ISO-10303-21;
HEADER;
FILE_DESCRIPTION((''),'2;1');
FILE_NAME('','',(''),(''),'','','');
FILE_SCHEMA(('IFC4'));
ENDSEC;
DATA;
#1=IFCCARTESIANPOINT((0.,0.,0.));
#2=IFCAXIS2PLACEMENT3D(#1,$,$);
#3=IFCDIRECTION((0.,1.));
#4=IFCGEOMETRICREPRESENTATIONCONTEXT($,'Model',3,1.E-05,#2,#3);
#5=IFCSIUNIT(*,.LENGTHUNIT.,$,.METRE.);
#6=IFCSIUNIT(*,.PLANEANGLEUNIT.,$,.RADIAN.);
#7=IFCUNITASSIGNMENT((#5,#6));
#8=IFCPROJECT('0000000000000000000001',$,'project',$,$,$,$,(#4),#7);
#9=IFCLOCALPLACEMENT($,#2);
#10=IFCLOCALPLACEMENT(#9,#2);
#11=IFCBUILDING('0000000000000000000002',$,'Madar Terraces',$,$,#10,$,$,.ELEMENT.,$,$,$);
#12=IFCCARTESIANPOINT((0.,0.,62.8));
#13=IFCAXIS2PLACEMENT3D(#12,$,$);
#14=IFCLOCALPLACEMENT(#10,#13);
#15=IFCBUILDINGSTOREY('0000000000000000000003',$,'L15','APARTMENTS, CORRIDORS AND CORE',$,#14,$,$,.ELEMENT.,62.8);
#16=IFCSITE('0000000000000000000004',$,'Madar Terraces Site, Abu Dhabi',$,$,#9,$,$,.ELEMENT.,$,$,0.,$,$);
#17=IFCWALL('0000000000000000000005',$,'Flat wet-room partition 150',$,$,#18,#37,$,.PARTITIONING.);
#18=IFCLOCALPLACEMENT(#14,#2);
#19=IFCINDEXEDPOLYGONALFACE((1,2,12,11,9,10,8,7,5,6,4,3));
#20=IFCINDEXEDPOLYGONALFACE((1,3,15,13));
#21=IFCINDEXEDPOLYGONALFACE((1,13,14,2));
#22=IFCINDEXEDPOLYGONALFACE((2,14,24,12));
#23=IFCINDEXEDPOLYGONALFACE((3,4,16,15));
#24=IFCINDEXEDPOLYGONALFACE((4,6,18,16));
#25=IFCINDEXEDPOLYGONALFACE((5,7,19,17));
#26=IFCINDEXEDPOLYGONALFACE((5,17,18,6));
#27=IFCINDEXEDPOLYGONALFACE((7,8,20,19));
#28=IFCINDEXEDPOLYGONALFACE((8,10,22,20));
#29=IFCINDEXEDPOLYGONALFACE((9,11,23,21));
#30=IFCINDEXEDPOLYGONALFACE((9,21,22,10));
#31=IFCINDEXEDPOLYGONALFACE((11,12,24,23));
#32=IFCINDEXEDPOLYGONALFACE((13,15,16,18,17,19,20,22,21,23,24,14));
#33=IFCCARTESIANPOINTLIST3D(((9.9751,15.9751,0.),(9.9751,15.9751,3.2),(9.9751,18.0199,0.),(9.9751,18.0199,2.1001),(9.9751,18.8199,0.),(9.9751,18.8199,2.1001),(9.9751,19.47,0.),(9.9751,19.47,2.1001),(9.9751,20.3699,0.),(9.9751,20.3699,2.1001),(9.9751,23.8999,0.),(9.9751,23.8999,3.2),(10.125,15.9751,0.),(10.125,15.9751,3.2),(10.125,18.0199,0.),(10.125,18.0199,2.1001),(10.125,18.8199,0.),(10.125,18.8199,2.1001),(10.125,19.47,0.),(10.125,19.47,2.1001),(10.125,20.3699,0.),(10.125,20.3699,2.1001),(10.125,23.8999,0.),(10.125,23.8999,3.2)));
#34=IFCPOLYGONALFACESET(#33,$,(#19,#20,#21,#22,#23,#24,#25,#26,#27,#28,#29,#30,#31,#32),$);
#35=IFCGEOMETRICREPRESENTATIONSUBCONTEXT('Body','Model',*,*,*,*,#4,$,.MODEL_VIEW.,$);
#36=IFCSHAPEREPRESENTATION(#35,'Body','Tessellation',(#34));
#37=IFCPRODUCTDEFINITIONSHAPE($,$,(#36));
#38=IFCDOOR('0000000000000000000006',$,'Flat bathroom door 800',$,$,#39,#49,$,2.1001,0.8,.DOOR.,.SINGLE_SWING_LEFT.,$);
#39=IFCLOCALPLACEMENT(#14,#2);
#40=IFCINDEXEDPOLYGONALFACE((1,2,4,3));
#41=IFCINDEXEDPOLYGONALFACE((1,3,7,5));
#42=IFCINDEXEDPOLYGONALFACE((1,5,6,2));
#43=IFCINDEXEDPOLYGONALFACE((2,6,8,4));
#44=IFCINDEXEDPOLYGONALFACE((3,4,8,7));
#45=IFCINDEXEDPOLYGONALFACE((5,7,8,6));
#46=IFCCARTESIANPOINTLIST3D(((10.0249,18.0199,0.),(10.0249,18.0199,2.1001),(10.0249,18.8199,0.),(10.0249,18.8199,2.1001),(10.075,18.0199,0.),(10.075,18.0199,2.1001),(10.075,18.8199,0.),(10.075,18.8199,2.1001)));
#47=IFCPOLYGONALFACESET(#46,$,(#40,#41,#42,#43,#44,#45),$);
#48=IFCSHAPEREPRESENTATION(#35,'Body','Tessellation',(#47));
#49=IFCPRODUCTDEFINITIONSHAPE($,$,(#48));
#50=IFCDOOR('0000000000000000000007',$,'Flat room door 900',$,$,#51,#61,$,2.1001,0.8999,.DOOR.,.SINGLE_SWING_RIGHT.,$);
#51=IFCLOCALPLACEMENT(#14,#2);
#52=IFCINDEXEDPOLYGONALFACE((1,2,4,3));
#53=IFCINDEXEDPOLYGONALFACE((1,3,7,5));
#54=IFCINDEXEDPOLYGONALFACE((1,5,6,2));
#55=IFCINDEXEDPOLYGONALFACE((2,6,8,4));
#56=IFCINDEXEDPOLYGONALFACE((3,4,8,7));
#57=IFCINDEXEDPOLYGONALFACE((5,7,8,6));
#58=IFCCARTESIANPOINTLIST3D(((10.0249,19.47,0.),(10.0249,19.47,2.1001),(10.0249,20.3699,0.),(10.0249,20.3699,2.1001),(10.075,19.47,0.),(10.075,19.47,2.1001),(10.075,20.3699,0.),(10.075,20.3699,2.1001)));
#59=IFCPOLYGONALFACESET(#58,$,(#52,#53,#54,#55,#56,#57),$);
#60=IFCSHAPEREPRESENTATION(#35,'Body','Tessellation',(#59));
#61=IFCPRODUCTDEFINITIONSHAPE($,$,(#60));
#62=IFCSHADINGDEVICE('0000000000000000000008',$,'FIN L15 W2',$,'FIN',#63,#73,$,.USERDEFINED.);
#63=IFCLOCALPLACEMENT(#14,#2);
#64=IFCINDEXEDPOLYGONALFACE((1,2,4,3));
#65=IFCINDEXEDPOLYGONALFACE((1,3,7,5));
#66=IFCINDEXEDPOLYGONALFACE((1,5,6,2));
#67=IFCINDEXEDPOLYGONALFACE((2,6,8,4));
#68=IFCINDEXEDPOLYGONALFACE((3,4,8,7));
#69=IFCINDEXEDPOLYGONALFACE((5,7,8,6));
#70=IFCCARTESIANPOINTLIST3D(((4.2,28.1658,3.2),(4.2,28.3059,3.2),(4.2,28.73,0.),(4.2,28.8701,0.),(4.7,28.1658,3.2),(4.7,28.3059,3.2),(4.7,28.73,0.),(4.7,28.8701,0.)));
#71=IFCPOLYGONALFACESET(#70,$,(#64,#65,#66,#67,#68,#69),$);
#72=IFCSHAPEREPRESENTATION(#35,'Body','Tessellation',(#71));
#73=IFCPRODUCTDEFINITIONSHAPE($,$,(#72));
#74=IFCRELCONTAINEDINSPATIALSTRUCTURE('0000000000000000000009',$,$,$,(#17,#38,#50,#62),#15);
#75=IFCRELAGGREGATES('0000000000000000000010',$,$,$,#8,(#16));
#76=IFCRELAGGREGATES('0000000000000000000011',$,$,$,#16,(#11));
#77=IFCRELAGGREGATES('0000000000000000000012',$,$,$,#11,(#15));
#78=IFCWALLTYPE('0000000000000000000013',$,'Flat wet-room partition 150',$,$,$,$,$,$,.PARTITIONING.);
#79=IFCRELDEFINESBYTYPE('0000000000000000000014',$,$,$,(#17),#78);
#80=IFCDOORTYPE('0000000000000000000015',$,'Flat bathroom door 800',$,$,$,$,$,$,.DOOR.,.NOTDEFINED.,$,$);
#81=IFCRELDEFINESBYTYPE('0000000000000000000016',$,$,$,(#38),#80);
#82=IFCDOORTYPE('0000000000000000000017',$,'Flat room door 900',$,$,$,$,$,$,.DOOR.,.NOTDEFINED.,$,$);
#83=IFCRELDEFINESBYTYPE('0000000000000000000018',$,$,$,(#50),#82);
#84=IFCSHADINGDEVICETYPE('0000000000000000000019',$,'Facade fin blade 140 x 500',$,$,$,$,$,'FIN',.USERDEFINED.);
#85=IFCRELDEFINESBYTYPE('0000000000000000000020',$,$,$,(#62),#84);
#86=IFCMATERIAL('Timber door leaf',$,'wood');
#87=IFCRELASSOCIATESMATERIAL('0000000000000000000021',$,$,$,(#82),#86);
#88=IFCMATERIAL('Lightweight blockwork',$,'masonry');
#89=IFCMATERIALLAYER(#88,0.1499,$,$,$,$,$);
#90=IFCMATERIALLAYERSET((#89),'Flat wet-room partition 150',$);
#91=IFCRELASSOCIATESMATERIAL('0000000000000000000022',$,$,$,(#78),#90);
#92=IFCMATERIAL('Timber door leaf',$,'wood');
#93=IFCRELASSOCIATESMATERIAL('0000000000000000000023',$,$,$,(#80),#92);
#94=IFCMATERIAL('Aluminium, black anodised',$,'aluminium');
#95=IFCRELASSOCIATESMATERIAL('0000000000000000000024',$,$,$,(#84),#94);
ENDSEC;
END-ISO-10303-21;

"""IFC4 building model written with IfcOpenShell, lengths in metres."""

from ifc_helpers import new_model, si_unit, direction, frame, frame_2d, origin, place, context, subcontext, project, spatial, polyline, rectangle, outline, extrude, material, layer, layer_set, type_object, element, fill, save


model = new_model("IFC4")

# Units and contexts
model_context = context("Model", 3, precision=1e-05, world=origin(), true_north=direction((0.0, 1.0)))
body_context = subcontext(model_context, "Body", "Model", "MODEL_VIEW")
ifc_project = project(units=[si_unit("LENGTHUNIT", "METRE"), si_unit("PLANEANGLEUNIT", "RADIAN")], contexts=[model_context])

# Site, building, storey
site_placement = place(None, origin())
site = spatial("IfcSite", under=ifc_project, at=site_placement, Name="Madar Terraces Site, Abu Dhabi", CompositionType="ELEMENT", RefElevation=0.0)
building_placement = place(site_placement, origin())
building = spatial("IfcBuilding", under=site, at=building_placement, Name="Madar Terraces", CompositionType="ELEMENT")
storey_placement = place(building_placement, frame((0.0, 0.0, 62.8)))
storey = spatial("IfcBuildingStorey", under=building, at=storey_placement, Name="L15", Description="APARTMENTS, CORRIDORS AND CORE", CompositionType="ELEMENT", Elevation=62.8)

# Shared definitions
ifc_material_1 = material(Name="Timber door leaf", Category="wood")
door_type_1 = type_object("IfcDoorType", Name="Flat room door 900", OperationType="NOTDEFINED", PredefinedType="DOOR", material=ifc_material_1)

# Shared definitions
ifc_material_2 = material(Name="Lightweight blockwork", Category="masonry")
ifc_layer_1 = layer(ifc_material_2, 0.1499)
ifc_layer_set_1 = layer_set([ifc_layer_1], Name="Flat wet-room partition 150")
wall_type_1 = type_object("IfcWallType", Name="Flat wet-room partition 150", PredefinedType="PARTITIONING", material=ifc_layer_set_1)

# Wall, openings, doors
ifc_material_3 = material(Name="Timber door leaf", Category="wood")
door_type_2 = type_object("IfcDoorType", Name="Flat bathroom door 800", OperationType="NOTDEFINED", PredefinedType="DOOR", material=ifc_material_3)
wall_1_placement = place(storey_placement, frame((10.05, 23.8999, 0.0), z_axis=(0.0, 0.0, 1.0), x_axis=(0.0, -1.0, 0.0)))
wall_1 = element("IfcWall", 1, at=wall_1_placement, inside=storey, type_object=wall_type_1, Name="Flat wet-room partition 150", PredefinedType="PARTITIONING", context=body_context, shape_type="SweptSolid", body=[
    extrude(rectangle(XDim=7.9248, YDim=0.1499, at=frame_2d((3.9624, 0.0))), origin(), (0.0, 0.0, 1.0), 3.2),
])
opening_1_placement = place(wall_1_placement, frame((5.0801, 0.0, 0.0)))
opening_1 = element("IfcOpeningElement", 2, at=opening_1_placement, cuts=wall_1, PredefinedType="OPENING", context=body_context, shape_type="SweptSolid", body=[
    extrude(rectangle(XDim=0.8, YDim=2.1001, at=frame_2d((0.3999, 1.05))), frame((0.0, 0.085, 0.0), z_axis=(0.0, -1.0, 0.0), x_axis=(1.0, 0.0, 0.0)), (0.0, 0.0, 1.0), 0.1699),
])
opening_2_placement = place(wall_1_placement, frame((3.53, 0.0, 0.0)))
opening_2 = element("IfcOpeningElement", 3, at=opening_2_placement, cuts=wall_1, PredefinedType="OPENING", context=body_context, shape_type="SweptSolid", body=[
    extrude(rectangle(XDim=0.8999, YDim=2.1001, at=frame_2d((0.45, 1.05))), frame((0.0, 0.085, 0.0), z_axis=(0.0, -1.0, 0.0), x_axis=(1.0, 0.0, 0.0)), (0.0, 0.0, 1.0), 0.1699),
])
door_1_placement = place(opening_1_placement, origin())
door_1 = element("IfcDoor", 4, at=door_1_placement, inside=storey, type_object=door_type_2, Name="Flat bathroom door 800", OperationType="SINGLE_SWING_LEFT", OverallHeight=2.1001, OverallWidth=0.8, PredefinedType="DOOR", context=body_context, shape_type="SweptSolid", body=[
    extrude(rectangle(XDim=0.8, YDim=2.1001, at=frame_2d((0.3999, 1.05))), frame((0.0, 0.0249, 0.0), z_axis=(0.0, -1.0, 0.0), x_axis=(1.0, 0.0, 0.0)), (0.0, 0.0, 1.0), 0.05),
])
fill(opening_1, door_1)
door_2_placement = place(opening_2_placement, origin())
door_2 = element("IfcDoor", 5, at=door_2_placement, inside=storey, type_object=door_type_1, Name="Flat room door 900", OperationType="SINGLE_SWING_RIGHT", OverallHeight=2.1001, OverallWidth=0.8999, PredefinedType="DOOR", context=body_context, shape_type="SweptSolid", body=[
    extrude(rectangle(XDim=0.8999, YDim=2.1001, at=frame_2d((0.45, 1.05))), frame((0.0, 0.0249, 0.0), z_axis=(0.0, -1.0, 0.0), x_axis=(1.0, 0.0, 0.0)), (0.0, 0.0, 1.0), 0.05),
])
fill(opening_2, door_2)

# Shading device
ifc_material_4 = material(Name="Aluminium, black anodised", Category="aluminium")
shading_device_type = type_object("IfcShadingDeviceType", Name="Facade fin blade 140 x 500", ElementType="FIN", PredefinedType="USERDEFINED", material=ifc_material_4)
shading_device_placement = place(storey_placement, frame((4.45, 28.8701, 0.0), z_axis=(0.0, 0.0, 1.0), x_axis=(0.0, -1.0, 0.0)))
element("IfcShadingDevice", 6, at=shading_device_placement, inside=storey, type_object=shading_device_type, Name="FIN L15 W2", ObjectType="FIN", PredefinedType="USERDEFINED", context=body_context, shape_type="SweptSolid", body=[
    extrude(outline(polyline([(0.0, 0.0), (0.1401, 0.0), (0.7043, 3.2), (0.5642, 3.2), (0.0, 0.0)])), frame((0.0, 0.25, 0.0), z_axis=(0.0, -1.0, 0.0), x_axis=(1.0, 0.0, 0.0)), (0.0, 0.0, 1.0), 0.5),
])

save(model, "model.ifc")
